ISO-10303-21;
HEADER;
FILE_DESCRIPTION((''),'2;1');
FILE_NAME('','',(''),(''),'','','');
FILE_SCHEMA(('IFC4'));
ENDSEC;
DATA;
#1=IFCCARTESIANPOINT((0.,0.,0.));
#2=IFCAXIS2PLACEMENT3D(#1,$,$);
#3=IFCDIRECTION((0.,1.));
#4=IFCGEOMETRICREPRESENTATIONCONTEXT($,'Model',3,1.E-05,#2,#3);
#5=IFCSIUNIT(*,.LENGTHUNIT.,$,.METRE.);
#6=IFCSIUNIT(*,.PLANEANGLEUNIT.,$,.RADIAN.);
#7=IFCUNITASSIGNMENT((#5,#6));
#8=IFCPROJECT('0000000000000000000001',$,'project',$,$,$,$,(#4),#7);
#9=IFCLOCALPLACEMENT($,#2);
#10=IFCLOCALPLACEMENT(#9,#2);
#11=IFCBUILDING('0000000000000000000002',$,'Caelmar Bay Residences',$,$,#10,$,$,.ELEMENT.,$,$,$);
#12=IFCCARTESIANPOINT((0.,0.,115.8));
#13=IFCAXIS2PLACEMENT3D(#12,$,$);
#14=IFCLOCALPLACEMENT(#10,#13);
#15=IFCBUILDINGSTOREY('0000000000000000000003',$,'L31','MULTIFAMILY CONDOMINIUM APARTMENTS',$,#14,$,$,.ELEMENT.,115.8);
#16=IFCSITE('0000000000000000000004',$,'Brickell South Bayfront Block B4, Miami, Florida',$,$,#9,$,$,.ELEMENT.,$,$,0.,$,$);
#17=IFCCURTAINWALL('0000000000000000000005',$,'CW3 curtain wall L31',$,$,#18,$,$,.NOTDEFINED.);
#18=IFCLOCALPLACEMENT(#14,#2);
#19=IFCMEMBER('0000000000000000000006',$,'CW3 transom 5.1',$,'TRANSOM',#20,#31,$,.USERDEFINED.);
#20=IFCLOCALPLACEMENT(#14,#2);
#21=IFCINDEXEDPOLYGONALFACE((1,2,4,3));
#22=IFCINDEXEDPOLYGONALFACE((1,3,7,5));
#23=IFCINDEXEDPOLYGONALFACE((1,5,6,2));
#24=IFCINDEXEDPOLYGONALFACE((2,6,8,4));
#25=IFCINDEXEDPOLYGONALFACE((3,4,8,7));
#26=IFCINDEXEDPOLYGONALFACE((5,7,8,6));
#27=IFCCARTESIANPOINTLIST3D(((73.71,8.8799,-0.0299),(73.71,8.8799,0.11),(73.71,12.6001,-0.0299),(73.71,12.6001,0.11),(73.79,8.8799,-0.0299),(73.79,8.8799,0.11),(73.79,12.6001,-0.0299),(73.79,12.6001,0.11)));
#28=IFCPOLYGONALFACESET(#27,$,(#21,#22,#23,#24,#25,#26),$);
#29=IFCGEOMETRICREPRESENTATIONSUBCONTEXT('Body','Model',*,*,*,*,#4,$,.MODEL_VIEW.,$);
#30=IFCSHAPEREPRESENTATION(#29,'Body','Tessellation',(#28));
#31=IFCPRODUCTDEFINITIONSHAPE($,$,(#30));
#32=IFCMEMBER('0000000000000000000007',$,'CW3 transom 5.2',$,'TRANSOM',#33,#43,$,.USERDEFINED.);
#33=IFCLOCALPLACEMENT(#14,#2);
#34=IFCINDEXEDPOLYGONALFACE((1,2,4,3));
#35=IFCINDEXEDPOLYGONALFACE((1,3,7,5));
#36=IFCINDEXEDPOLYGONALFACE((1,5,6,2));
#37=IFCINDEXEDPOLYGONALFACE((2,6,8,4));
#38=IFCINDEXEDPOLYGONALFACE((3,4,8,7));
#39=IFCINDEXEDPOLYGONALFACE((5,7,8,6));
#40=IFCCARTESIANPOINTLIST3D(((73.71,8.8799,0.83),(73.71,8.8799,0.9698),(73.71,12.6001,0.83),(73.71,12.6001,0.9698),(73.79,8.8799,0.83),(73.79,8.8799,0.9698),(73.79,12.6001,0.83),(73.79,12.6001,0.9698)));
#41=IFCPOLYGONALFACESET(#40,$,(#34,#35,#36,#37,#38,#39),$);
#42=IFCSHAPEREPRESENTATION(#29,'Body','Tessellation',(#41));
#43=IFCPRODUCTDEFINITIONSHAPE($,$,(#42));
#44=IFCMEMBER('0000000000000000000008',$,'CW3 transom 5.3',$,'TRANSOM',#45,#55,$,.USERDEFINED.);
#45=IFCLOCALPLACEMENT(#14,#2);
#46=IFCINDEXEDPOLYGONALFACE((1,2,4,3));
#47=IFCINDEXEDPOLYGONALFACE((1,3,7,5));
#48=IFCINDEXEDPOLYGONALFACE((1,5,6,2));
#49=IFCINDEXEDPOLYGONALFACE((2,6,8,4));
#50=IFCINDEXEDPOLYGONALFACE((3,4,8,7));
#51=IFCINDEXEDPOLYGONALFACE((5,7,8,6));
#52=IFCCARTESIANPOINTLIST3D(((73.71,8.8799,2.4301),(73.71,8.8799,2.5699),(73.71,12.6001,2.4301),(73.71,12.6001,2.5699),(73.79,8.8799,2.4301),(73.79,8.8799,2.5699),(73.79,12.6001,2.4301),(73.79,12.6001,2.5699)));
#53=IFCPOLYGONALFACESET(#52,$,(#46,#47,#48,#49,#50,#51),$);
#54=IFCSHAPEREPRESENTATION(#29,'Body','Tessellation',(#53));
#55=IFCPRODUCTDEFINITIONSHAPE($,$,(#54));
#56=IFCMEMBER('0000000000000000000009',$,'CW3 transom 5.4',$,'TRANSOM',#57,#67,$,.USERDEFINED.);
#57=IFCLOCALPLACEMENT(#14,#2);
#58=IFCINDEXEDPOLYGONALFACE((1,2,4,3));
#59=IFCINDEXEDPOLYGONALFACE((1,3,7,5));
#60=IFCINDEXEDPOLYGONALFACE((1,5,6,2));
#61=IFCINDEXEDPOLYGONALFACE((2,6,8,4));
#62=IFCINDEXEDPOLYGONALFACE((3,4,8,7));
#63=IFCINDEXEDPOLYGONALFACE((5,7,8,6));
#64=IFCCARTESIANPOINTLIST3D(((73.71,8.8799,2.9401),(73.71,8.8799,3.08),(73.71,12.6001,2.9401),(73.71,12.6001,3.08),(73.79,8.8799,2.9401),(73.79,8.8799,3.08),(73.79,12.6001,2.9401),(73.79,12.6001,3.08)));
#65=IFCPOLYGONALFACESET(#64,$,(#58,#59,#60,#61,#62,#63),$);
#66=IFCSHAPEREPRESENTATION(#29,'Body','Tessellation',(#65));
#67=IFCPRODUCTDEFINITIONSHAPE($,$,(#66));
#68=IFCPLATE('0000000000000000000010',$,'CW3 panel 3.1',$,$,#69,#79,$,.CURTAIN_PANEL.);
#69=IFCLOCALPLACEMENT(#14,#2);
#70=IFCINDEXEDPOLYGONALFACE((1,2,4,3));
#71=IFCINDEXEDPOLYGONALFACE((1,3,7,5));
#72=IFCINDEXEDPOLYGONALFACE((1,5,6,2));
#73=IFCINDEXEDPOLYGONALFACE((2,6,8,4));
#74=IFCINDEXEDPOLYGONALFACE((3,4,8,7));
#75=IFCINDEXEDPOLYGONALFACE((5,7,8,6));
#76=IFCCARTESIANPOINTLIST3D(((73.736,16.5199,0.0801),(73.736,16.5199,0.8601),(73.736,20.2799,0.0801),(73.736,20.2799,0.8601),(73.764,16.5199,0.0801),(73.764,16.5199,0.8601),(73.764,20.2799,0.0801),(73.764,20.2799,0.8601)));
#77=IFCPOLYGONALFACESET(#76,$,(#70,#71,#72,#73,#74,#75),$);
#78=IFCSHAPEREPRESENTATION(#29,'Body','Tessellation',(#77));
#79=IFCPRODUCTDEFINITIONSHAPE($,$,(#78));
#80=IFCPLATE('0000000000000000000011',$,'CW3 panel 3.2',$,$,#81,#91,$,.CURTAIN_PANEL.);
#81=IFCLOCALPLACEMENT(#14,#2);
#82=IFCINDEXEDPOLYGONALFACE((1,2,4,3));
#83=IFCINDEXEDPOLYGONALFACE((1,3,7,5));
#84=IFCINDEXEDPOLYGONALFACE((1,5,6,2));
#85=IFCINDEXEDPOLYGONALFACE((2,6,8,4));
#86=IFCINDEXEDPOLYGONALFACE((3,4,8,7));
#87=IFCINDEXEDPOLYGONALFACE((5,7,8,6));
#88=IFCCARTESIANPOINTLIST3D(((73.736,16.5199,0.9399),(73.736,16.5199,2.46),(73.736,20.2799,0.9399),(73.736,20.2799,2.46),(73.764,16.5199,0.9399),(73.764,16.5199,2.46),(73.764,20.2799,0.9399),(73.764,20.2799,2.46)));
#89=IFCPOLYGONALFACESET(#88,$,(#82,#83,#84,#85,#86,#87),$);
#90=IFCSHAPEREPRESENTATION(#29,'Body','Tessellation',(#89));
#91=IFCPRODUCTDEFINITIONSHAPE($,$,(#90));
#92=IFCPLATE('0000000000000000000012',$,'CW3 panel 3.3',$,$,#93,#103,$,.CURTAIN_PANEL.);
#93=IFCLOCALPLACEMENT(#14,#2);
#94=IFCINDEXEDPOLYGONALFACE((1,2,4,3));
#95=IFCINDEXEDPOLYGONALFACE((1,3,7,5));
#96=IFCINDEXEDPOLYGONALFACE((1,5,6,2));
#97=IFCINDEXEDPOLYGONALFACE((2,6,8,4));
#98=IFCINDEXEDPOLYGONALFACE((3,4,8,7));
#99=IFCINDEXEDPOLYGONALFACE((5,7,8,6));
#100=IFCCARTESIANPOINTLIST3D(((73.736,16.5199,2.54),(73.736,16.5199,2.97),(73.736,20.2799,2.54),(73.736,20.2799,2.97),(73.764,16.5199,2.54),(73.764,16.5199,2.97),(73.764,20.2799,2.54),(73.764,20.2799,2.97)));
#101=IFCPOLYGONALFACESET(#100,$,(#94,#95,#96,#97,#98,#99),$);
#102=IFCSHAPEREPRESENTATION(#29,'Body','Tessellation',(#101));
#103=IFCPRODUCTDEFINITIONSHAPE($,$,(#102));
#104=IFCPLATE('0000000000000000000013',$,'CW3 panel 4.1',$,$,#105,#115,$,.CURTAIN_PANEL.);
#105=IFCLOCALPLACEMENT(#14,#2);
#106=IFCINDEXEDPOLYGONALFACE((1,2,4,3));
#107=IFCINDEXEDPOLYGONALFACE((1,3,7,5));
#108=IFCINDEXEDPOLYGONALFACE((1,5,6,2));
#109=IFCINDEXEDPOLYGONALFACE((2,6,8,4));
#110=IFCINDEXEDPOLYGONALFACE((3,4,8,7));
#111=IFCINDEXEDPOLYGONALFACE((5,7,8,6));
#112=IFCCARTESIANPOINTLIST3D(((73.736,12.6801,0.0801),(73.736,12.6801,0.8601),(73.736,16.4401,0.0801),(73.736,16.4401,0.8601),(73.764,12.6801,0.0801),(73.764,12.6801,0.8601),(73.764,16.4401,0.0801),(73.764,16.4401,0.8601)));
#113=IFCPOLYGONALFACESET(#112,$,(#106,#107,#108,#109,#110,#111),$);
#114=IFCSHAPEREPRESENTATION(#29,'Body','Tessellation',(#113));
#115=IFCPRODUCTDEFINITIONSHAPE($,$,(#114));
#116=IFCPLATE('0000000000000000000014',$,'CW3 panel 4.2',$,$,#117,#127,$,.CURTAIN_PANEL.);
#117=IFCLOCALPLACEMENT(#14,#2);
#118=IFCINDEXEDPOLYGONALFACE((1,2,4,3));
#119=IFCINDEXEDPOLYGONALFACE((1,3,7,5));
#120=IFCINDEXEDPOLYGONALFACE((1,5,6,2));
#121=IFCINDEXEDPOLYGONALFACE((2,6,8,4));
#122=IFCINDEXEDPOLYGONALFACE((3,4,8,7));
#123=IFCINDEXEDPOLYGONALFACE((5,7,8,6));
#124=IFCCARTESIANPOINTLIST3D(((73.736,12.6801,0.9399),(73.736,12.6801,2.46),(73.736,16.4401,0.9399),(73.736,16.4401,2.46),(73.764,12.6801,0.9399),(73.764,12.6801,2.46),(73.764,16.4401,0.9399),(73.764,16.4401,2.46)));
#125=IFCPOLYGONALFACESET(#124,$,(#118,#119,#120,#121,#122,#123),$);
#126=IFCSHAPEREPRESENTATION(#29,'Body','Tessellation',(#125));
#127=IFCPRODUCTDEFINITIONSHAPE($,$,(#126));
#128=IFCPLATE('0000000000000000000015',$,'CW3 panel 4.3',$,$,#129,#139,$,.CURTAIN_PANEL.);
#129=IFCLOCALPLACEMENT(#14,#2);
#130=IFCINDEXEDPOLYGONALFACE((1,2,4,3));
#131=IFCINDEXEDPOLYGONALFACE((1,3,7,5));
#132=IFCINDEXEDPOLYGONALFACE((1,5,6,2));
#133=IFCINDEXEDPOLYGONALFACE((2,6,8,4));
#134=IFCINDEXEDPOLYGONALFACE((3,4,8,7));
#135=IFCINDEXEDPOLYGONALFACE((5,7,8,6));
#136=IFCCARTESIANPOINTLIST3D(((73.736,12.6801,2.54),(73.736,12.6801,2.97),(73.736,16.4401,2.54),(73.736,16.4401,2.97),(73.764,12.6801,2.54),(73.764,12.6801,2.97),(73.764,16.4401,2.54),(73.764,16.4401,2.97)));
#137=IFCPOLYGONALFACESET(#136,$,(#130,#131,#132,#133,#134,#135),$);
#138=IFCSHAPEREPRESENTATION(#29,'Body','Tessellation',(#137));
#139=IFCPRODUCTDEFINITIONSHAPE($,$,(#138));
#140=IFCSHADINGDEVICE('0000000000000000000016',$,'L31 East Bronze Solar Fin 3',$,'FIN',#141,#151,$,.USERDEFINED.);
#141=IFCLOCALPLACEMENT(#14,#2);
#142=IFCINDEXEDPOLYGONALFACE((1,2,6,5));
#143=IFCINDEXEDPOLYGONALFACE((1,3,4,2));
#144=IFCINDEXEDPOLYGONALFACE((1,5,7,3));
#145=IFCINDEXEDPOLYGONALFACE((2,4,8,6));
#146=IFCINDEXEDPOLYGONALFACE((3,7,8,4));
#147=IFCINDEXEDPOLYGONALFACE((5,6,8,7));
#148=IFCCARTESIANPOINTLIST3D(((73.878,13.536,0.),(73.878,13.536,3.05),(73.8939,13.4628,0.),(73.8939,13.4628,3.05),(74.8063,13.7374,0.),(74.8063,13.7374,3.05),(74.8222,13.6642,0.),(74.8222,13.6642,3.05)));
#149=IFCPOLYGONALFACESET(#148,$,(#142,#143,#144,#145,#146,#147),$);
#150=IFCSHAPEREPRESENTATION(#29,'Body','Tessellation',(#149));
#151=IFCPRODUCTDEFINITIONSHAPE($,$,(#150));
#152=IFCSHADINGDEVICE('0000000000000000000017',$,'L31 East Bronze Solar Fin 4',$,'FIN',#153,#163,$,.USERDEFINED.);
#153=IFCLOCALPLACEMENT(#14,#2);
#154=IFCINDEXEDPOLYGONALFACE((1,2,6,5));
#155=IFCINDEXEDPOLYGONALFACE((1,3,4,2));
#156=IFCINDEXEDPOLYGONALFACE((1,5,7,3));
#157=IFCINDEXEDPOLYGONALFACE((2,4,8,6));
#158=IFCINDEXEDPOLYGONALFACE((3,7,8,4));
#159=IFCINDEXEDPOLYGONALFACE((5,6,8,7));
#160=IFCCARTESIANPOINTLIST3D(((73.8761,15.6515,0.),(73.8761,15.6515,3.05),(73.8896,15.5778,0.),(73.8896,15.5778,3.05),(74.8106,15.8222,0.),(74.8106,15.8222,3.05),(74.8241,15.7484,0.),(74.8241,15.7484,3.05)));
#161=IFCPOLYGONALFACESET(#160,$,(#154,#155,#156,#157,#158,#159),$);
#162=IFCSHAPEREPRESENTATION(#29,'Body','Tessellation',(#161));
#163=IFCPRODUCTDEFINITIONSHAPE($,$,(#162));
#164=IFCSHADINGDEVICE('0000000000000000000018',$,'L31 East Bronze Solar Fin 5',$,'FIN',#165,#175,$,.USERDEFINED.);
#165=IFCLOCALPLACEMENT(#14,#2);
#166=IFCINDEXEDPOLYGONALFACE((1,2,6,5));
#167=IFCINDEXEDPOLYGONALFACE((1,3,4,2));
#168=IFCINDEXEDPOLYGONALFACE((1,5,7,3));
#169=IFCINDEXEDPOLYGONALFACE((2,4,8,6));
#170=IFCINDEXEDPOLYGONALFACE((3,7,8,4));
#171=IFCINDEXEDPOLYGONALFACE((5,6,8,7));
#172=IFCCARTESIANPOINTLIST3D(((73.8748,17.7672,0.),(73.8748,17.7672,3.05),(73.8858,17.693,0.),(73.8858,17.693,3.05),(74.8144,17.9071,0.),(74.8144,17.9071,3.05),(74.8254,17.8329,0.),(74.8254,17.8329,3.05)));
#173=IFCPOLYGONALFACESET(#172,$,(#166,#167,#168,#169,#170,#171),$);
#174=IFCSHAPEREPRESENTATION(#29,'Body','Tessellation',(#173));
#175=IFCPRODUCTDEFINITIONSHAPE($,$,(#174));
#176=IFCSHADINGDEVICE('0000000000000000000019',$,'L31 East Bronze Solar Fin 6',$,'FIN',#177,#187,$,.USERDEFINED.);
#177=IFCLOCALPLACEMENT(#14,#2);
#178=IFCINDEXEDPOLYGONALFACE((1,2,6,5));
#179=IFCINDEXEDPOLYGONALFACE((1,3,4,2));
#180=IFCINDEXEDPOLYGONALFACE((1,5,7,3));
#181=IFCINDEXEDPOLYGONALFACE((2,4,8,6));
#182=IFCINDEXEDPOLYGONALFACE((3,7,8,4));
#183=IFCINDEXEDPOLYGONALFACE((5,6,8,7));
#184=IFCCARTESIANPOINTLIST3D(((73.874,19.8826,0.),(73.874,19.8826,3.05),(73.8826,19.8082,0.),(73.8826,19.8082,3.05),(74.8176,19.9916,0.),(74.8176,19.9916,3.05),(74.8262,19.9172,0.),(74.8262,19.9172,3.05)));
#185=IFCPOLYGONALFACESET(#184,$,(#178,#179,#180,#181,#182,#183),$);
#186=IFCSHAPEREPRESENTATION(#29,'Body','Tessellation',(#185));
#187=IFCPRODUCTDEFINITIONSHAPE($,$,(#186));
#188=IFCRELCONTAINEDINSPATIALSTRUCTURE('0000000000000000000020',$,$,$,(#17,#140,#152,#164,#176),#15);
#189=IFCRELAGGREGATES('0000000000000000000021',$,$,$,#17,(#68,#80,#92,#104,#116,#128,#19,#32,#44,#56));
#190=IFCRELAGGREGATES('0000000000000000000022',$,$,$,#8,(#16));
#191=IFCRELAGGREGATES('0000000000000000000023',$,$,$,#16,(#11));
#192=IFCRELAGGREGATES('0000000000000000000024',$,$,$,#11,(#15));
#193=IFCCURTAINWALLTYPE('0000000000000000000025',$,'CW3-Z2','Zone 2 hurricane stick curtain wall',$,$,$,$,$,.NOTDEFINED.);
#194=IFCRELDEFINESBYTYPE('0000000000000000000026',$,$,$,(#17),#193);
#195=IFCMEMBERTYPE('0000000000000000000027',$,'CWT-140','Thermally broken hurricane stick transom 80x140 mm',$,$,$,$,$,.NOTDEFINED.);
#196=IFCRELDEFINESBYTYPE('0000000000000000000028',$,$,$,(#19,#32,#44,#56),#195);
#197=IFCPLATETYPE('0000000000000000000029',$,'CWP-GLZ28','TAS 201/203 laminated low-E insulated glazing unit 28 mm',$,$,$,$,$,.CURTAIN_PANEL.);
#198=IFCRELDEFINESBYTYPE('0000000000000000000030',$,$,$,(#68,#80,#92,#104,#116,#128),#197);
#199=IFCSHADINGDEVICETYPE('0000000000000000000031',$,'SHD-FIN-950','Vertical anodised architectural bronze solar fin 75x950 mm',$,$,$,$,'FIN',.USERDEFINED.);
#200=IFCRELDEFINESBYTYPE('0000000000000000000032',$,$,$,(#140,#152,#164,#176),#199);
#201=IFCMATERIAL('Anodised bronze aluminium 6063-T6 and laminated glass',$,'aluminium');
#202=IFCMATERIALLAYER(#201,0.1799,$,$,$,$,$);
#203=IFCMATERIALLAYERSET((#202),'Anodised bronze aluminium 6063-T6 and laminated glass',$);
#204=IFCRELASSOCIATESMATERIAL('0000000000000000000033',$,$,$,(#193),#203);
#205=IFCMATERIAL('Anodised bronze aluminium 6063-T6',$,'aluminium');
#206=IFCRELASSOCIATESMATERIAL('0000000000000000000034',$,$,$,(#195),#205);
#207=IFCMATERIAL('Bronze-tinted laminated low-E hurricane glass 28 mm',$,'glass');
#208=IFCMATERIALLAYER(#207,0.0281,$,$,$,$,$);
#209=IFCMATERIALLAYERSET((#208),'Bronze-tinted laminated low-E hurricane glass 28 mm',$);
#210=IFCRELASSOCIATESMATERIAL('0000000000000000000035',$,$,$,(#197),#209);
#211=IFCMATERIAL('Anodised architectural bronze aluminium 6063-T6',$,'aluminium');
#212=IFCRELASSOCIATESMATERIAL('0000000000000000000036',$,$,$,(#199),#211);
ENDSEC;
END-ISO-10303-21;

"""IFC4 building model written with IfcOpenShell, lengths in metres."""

from ifc_helpers import new_model, si_unit, direction, frame, origin, origin_2d, place, context, subcontext, project, spatial, rectangle, extrude, material, layer, layer_set, material_profile, profile_set, type_object, element, aggregate, save


model = new_model("IFC4")

# Units and contexts
model_context = context("Model", 3, precision=1e-05, world=origin(), true_north=direction((0.0, 1.0)))
body_context = subcontext(model_context, "Body", "Model", "MODEL_VIEW")
ifc_project = project(units=[si_unit("LENGTHUNIT", "METRE"), si_unit("PLANEANGLEUNIT", "RADIAN")], contexts=[model_context])

# Site, building, storey
site_placement = place(None, origin())
site = spatial("IfcSite", under=ifc_project, at=site_placement, Name="Brickell South Bayfront Block B4, Miami, Florida", CompositionType="ELEMENT", RefElevation=0.0)
building_placement = place(site_placement, origin())
building = spatial("IfcBuilding", under=site, at=building_placement, Name="Caelmar Bay Residences", CompositionType="ELEMENT")
storey_placement = place(building_placement, frame((0.0, 0.0, 115.8)))
storey = spatial("IfcBuildingStorey", under=building, at=storey_placement, Name="L31", Description="MULTIFAMILY CONDOMINIUM APARTMENTS", CompositionType="ELEMENT", Elevation=115.8)

# Curtain wall, members, plates
ifc_material_1 = material(Name="Anodised bronze aluminium 6063-T6 and laminated glass", Category="aluminium")
ifc_layer_1 = layer(ifc_material_1, 0.1799)
ifc_layer_set_1 = layer_set([ifc_layer_1], Name="Anodised bronze aluminium 6063-T6 and laminated glass")
curtain_wall_type = type_object("IfcCurtainWallType", Name="CW3-Z2", Description="Zone 2 hurricane stick curtain wall", PredefinedType="NOTDEFINED", material=ifc_layer_set_1)
curtain_wall_placement = place(storey_placement, origin())
curtain_wall = element("IfcCurtainWall", 1, at=curtain_wall_placement, inside=storey, type_object=curtain_wall_type, Name="CW3 curtain wall L31", PredefinedType="NOTDEFINED")
ifc_material_2 = material(Name="Anodised bronze aluminium 6063-T6", Category="aluminium")
ifc_material_profile_1 = material_profile(ifc_material_2, rectangle(XDim=0.0801, YDim=0.1399, at=origin_2d()), Name="CWT-80X140")
ifc_profile_set_1 = profile_set([ifc_material_profile_1], Name="Anodised bronze aluminium 6063-T6")
member_type_1 = type_object("IfcMemberType", Name="CWT-140", Description="Thermally broken hurricane stick transom 80x140 mm", PredefinedType="NOTDEFINED", material=ifc_profile_set_1)
member_1_placement = place(storey_placement, frame((73.75, 12.6001, 0.04), z_axis=(0.0, -1.0, 0.0), x_axis=(1.0, 0.0, 0.0)))
member_1 = element("IfcMember", 2, at=member_1_placement, type_object=member_type_1, Name="CW3 transom 5.1", ObjectType="TRANSOM", PredefinedType="USERDEFINED", context=body_context, shape_type="SweptSolid", body=[
    extrude(rectangle(XDim=0.0801, YDim=0.1399, at=origin_2d()), origin(), (0.0, 0.0, 1.0), 3.7202),
])
member_2_placement = place(storey_placement, frame((73.75, 12.6001, 0.8999), z_axis=(0.0, -1.0, 0.0), x_axis=(1.0, 0.0, 0.0)))
member_2 = element("IfcMember", 3, at=member_2_placement, type_object=member_type_1, Name="CW3 transom 5.2", ObjectType="TRANSOM", PredefinedType="USERDEFINED", context=body_context, shape_type="SweptSolid", body=[
    extrude(rectangle(XDim=0.0801, YDim=0.1399, at=origin_2d()), origin(), (0.0, 0.0, 1.0), 3.7202),
])
member_3_placement = place(storey_placement, frame((73.75, 12.6001, 2.5), z_axis=(0.0, -1.0, 0.0), x_axis=(1.0, 0.0, 0.0)))
member_3 = element("IfcMember", 4, at=member_3_placement, type_object=member_type_1, Name="CW3 transom 5.3", ObjectType="TRANSOM", PredefinedType="USERDEFINED", context=body_context, shape_type="SweptSolid", body=[
    extrude(rectangle(XDim=0.0801, YDim=0.1399, at=origin_2d()), origin(), (0.0, 0.0, 1.0), 3.7202),
])
member_4_placement = place(storey_placement, frame((73.75, 12.6001, 3.01), z_axis=(0.0, -1.0, 0.0), x_axis=(1.0, 0.0, 0.0)))
member_4 = element("IfcMember", 5, at=member_4_placement, type_object=member_type_1, Name="CW3 transom 5.4", ObjectType="TRANSOM", PredefinedType="USERDEFINED", context=body_context, shape_type="SweptSolid", body=[
    extrude(rectangle(XDim=0.0801, YDim=0.1399, at=origin_2d()), origin(), (0.0, 0.0, 1.0), 3.7202),
])
ifc_material_3 = material(Name="Bronze-tinted laminated low-E hurricane glass 28 mm", Category="glass")
ifc_layer_2 = layer(ifc_material_3, 0.0281)
ifc_layer_set_2 = layer_set([ifc_layer_2], Name="Bronze-tinted laminated low-E hurricane glass 28 mm")
plate_type = type_object("IfcPlateType", Name="CWP-GLZ28", Description="TAS 201/203 laminated low-E insulated glazing unit 28 mm", PredefinedType="CURTAIN_PANEL", material=ifc_layer_set_2)
plate_1_placement = place(storey_placement, frame((73.75, 18.3999, 0.0801), z_axis=(0.0, 0.0, 1.0), x_axis=(0.0, -1.0, 0.0)))
plate_1 = element("IfcPlate", 6, at=plate_1_placement, type_object=plate_type, Name="CW3 panel 3.1", PredefinedType="CURTAIN_PANEL", context=body_context, shape_type="SweptSolid", body=[
    extrude(rectangle(XDim=3.76, YDim=0.0281, at=origin_2d()), origin(), (0.0, 0.0, 1.0), 0.78),
])
plate_2_placement = place(storey_placement, frame((73.75, 18.3999, 0.9399), z_axis=(0.0, 0.0, 1.0), x_axis=(0.0, -1.0, 0.0)))
plate_2 = element("IfcPlate", 7, at=plate_2_placement, type_object=plate_type, Name="CW3 panel 3.2", PredefinedType="CURTAIN_PANEL", context=body_context, shape_type="SweptSolid", body=[
    extrude(rectangle(XDim=3.76, YDim=0.0281, at=origin_2d()), origin(), (0.0, 0.0, 1.0), 1.52),
])
plate_3_placement = place(storey_placement, frame((73.75, 18.3999, 2.54), z_axis=(0.0, 0.0, 1.0), x_axis=(0.0, -1.0, 0.0)))
plate_3 = element("IfcPlate", 8, at=plate_3_placement, type_object=plate_type, Name="CW3 panel 3.3", PredefinedType="CURTAIN_PANEL", context=body_context, shape_type="SweptSolid", body=[
    extrude(rectangle(XDim=3.76, YDim=0.0281, at=origin_2d()), origin(), (0.0, 0.0, 1.0), 0.4299),
])
plate_4_placement = place(storey_placement, frame((73.75, 14.5601, 0.0801), z_axis=(0.0, 0.0, 1.0), x_axis=(0.0, -1.0, 0.0)))
plate_4 = element("IfcPlate", 9, at=plate_4_placement, type_object=plate_type, Name="CW3 panel 4.1", PredefinedType="CURTAIN_PANEL", context=body_context, shape_type="SweptSolid", body=[
    extrude(rectangle(XDim=3.76, YDim=0.0281, at=origin_2d()), origin(), (0.0, 0.0, 1.0), 0.78),
])
plate_5_placement = place(storey_placement, frame((73.75, 14.5601, 0.9399), z_axis=(0.0, 0.0, 1.0), x_axis=(0.0, -1.0, 0.0)))
plate_5 = element("IfcPlate", 10, at=plate_5_placement, type_object=plate_type, Name="CW3 panel 4.2", PredefinedType="CURTAIN_PANEL", context=body_context, shape_type="SweptSolid", body=[
    extrude(rectangle(XDim=3.76, YDim=0.0281, at=origin_2d()), origin(), (0.0, 0.0, 1.0), 1.52),
])
plate_6_placement = place(storey_placement, frame((73.75, 14.5601, 2.54), z_axis=(0.0, 0.0, 1.0), x_axis=(0.0, -1.0, 0.0)))
plate_6 = element("IfcPlate", 11, at=plate_6_placement, type_object=plate_type, Name="CW3 panel 4.3", PredefinedType="CURTAIN_PANEL", context=body_context, shape_type="SweptSolid", body=[
    extrude(rectangle(XDim=3.76, YDim=0.0281, at=origin_2d()), origin(), (0.0, 0.0, 1.0), 0.4299),
])
aggregate(curtain_wall, [plate_1, plate_2, plate_3, plate_4, plate_5, plate_6, member_1, member_2, member_3, member_4])

# Shading devices
ifc_material_4 = material(Name="Anodised architectural bronze aluminium 6063-T6", Category="aluminium")
ifc_material_profile_2 = material_profile(ifc_material_4, rectangle(XDim=0.075, YDim=0.95, at=origin_2d()), Name="BRONZE-FIN-75X950")
ifc_profile_set_2 = profile_set([ifc_material_profile_2], Name="Anodised architectural bronze aluminium 6063-T6")
shading_device_type = type_object("IfcShadingDeviceType", Name="SHD-FIN-950", Description="Vertical anodised architectural bronze solar fin 75x950 mm", ElementType="FIN", PredefinedType="USERDEFINED", material=ifc_profile_set_2)
for number, where, z_axis, x_axis, name in (
    (12, (74.3501, 13.6001, 0.0), (0.0, 0.0, 1.0), (-0.212007, 0.977268, 0.0), "L31 East Bronze Solar Fin 3"),
    (13, (74.3501, 15.7, 0.0), (0.0, 0.0, 1.0), (-0.179661, 0.983729, 0.0), "L31 East Bronze Solar Fin 4"),
    (14, (74.3501, 17.8, 0.0), (0.0, 0.0, 1.0), (-0.147292, 0.989093, 0.0), "L31 East Bronze Solar Fin 5"),
    (15, (74.3501, 19.8999, 0.0), (0.0, 0.0, 1.0), (-0.114764, 0.993393, 0.0), "L31 East Bronze Solar Fin 6"),
):
    element("IfcShadingDevice", number, at=place(storey_placement, frame(where, z_axis=z_axis, x_axis=x_axis)), inside=storey, type_object=shading_device_type, Name=name, ObjectType="FIN", PredefinedType="USERDEFINED", context=body_context, shape_type="SweptSolid", body=[
        extrude(rectangle(XDim=0.075, YDim=0.95, at=origin_2d()), origin(), (0.0, 0.0, 1.0), 3.05),
    ])

save(model, "model.ifc")
